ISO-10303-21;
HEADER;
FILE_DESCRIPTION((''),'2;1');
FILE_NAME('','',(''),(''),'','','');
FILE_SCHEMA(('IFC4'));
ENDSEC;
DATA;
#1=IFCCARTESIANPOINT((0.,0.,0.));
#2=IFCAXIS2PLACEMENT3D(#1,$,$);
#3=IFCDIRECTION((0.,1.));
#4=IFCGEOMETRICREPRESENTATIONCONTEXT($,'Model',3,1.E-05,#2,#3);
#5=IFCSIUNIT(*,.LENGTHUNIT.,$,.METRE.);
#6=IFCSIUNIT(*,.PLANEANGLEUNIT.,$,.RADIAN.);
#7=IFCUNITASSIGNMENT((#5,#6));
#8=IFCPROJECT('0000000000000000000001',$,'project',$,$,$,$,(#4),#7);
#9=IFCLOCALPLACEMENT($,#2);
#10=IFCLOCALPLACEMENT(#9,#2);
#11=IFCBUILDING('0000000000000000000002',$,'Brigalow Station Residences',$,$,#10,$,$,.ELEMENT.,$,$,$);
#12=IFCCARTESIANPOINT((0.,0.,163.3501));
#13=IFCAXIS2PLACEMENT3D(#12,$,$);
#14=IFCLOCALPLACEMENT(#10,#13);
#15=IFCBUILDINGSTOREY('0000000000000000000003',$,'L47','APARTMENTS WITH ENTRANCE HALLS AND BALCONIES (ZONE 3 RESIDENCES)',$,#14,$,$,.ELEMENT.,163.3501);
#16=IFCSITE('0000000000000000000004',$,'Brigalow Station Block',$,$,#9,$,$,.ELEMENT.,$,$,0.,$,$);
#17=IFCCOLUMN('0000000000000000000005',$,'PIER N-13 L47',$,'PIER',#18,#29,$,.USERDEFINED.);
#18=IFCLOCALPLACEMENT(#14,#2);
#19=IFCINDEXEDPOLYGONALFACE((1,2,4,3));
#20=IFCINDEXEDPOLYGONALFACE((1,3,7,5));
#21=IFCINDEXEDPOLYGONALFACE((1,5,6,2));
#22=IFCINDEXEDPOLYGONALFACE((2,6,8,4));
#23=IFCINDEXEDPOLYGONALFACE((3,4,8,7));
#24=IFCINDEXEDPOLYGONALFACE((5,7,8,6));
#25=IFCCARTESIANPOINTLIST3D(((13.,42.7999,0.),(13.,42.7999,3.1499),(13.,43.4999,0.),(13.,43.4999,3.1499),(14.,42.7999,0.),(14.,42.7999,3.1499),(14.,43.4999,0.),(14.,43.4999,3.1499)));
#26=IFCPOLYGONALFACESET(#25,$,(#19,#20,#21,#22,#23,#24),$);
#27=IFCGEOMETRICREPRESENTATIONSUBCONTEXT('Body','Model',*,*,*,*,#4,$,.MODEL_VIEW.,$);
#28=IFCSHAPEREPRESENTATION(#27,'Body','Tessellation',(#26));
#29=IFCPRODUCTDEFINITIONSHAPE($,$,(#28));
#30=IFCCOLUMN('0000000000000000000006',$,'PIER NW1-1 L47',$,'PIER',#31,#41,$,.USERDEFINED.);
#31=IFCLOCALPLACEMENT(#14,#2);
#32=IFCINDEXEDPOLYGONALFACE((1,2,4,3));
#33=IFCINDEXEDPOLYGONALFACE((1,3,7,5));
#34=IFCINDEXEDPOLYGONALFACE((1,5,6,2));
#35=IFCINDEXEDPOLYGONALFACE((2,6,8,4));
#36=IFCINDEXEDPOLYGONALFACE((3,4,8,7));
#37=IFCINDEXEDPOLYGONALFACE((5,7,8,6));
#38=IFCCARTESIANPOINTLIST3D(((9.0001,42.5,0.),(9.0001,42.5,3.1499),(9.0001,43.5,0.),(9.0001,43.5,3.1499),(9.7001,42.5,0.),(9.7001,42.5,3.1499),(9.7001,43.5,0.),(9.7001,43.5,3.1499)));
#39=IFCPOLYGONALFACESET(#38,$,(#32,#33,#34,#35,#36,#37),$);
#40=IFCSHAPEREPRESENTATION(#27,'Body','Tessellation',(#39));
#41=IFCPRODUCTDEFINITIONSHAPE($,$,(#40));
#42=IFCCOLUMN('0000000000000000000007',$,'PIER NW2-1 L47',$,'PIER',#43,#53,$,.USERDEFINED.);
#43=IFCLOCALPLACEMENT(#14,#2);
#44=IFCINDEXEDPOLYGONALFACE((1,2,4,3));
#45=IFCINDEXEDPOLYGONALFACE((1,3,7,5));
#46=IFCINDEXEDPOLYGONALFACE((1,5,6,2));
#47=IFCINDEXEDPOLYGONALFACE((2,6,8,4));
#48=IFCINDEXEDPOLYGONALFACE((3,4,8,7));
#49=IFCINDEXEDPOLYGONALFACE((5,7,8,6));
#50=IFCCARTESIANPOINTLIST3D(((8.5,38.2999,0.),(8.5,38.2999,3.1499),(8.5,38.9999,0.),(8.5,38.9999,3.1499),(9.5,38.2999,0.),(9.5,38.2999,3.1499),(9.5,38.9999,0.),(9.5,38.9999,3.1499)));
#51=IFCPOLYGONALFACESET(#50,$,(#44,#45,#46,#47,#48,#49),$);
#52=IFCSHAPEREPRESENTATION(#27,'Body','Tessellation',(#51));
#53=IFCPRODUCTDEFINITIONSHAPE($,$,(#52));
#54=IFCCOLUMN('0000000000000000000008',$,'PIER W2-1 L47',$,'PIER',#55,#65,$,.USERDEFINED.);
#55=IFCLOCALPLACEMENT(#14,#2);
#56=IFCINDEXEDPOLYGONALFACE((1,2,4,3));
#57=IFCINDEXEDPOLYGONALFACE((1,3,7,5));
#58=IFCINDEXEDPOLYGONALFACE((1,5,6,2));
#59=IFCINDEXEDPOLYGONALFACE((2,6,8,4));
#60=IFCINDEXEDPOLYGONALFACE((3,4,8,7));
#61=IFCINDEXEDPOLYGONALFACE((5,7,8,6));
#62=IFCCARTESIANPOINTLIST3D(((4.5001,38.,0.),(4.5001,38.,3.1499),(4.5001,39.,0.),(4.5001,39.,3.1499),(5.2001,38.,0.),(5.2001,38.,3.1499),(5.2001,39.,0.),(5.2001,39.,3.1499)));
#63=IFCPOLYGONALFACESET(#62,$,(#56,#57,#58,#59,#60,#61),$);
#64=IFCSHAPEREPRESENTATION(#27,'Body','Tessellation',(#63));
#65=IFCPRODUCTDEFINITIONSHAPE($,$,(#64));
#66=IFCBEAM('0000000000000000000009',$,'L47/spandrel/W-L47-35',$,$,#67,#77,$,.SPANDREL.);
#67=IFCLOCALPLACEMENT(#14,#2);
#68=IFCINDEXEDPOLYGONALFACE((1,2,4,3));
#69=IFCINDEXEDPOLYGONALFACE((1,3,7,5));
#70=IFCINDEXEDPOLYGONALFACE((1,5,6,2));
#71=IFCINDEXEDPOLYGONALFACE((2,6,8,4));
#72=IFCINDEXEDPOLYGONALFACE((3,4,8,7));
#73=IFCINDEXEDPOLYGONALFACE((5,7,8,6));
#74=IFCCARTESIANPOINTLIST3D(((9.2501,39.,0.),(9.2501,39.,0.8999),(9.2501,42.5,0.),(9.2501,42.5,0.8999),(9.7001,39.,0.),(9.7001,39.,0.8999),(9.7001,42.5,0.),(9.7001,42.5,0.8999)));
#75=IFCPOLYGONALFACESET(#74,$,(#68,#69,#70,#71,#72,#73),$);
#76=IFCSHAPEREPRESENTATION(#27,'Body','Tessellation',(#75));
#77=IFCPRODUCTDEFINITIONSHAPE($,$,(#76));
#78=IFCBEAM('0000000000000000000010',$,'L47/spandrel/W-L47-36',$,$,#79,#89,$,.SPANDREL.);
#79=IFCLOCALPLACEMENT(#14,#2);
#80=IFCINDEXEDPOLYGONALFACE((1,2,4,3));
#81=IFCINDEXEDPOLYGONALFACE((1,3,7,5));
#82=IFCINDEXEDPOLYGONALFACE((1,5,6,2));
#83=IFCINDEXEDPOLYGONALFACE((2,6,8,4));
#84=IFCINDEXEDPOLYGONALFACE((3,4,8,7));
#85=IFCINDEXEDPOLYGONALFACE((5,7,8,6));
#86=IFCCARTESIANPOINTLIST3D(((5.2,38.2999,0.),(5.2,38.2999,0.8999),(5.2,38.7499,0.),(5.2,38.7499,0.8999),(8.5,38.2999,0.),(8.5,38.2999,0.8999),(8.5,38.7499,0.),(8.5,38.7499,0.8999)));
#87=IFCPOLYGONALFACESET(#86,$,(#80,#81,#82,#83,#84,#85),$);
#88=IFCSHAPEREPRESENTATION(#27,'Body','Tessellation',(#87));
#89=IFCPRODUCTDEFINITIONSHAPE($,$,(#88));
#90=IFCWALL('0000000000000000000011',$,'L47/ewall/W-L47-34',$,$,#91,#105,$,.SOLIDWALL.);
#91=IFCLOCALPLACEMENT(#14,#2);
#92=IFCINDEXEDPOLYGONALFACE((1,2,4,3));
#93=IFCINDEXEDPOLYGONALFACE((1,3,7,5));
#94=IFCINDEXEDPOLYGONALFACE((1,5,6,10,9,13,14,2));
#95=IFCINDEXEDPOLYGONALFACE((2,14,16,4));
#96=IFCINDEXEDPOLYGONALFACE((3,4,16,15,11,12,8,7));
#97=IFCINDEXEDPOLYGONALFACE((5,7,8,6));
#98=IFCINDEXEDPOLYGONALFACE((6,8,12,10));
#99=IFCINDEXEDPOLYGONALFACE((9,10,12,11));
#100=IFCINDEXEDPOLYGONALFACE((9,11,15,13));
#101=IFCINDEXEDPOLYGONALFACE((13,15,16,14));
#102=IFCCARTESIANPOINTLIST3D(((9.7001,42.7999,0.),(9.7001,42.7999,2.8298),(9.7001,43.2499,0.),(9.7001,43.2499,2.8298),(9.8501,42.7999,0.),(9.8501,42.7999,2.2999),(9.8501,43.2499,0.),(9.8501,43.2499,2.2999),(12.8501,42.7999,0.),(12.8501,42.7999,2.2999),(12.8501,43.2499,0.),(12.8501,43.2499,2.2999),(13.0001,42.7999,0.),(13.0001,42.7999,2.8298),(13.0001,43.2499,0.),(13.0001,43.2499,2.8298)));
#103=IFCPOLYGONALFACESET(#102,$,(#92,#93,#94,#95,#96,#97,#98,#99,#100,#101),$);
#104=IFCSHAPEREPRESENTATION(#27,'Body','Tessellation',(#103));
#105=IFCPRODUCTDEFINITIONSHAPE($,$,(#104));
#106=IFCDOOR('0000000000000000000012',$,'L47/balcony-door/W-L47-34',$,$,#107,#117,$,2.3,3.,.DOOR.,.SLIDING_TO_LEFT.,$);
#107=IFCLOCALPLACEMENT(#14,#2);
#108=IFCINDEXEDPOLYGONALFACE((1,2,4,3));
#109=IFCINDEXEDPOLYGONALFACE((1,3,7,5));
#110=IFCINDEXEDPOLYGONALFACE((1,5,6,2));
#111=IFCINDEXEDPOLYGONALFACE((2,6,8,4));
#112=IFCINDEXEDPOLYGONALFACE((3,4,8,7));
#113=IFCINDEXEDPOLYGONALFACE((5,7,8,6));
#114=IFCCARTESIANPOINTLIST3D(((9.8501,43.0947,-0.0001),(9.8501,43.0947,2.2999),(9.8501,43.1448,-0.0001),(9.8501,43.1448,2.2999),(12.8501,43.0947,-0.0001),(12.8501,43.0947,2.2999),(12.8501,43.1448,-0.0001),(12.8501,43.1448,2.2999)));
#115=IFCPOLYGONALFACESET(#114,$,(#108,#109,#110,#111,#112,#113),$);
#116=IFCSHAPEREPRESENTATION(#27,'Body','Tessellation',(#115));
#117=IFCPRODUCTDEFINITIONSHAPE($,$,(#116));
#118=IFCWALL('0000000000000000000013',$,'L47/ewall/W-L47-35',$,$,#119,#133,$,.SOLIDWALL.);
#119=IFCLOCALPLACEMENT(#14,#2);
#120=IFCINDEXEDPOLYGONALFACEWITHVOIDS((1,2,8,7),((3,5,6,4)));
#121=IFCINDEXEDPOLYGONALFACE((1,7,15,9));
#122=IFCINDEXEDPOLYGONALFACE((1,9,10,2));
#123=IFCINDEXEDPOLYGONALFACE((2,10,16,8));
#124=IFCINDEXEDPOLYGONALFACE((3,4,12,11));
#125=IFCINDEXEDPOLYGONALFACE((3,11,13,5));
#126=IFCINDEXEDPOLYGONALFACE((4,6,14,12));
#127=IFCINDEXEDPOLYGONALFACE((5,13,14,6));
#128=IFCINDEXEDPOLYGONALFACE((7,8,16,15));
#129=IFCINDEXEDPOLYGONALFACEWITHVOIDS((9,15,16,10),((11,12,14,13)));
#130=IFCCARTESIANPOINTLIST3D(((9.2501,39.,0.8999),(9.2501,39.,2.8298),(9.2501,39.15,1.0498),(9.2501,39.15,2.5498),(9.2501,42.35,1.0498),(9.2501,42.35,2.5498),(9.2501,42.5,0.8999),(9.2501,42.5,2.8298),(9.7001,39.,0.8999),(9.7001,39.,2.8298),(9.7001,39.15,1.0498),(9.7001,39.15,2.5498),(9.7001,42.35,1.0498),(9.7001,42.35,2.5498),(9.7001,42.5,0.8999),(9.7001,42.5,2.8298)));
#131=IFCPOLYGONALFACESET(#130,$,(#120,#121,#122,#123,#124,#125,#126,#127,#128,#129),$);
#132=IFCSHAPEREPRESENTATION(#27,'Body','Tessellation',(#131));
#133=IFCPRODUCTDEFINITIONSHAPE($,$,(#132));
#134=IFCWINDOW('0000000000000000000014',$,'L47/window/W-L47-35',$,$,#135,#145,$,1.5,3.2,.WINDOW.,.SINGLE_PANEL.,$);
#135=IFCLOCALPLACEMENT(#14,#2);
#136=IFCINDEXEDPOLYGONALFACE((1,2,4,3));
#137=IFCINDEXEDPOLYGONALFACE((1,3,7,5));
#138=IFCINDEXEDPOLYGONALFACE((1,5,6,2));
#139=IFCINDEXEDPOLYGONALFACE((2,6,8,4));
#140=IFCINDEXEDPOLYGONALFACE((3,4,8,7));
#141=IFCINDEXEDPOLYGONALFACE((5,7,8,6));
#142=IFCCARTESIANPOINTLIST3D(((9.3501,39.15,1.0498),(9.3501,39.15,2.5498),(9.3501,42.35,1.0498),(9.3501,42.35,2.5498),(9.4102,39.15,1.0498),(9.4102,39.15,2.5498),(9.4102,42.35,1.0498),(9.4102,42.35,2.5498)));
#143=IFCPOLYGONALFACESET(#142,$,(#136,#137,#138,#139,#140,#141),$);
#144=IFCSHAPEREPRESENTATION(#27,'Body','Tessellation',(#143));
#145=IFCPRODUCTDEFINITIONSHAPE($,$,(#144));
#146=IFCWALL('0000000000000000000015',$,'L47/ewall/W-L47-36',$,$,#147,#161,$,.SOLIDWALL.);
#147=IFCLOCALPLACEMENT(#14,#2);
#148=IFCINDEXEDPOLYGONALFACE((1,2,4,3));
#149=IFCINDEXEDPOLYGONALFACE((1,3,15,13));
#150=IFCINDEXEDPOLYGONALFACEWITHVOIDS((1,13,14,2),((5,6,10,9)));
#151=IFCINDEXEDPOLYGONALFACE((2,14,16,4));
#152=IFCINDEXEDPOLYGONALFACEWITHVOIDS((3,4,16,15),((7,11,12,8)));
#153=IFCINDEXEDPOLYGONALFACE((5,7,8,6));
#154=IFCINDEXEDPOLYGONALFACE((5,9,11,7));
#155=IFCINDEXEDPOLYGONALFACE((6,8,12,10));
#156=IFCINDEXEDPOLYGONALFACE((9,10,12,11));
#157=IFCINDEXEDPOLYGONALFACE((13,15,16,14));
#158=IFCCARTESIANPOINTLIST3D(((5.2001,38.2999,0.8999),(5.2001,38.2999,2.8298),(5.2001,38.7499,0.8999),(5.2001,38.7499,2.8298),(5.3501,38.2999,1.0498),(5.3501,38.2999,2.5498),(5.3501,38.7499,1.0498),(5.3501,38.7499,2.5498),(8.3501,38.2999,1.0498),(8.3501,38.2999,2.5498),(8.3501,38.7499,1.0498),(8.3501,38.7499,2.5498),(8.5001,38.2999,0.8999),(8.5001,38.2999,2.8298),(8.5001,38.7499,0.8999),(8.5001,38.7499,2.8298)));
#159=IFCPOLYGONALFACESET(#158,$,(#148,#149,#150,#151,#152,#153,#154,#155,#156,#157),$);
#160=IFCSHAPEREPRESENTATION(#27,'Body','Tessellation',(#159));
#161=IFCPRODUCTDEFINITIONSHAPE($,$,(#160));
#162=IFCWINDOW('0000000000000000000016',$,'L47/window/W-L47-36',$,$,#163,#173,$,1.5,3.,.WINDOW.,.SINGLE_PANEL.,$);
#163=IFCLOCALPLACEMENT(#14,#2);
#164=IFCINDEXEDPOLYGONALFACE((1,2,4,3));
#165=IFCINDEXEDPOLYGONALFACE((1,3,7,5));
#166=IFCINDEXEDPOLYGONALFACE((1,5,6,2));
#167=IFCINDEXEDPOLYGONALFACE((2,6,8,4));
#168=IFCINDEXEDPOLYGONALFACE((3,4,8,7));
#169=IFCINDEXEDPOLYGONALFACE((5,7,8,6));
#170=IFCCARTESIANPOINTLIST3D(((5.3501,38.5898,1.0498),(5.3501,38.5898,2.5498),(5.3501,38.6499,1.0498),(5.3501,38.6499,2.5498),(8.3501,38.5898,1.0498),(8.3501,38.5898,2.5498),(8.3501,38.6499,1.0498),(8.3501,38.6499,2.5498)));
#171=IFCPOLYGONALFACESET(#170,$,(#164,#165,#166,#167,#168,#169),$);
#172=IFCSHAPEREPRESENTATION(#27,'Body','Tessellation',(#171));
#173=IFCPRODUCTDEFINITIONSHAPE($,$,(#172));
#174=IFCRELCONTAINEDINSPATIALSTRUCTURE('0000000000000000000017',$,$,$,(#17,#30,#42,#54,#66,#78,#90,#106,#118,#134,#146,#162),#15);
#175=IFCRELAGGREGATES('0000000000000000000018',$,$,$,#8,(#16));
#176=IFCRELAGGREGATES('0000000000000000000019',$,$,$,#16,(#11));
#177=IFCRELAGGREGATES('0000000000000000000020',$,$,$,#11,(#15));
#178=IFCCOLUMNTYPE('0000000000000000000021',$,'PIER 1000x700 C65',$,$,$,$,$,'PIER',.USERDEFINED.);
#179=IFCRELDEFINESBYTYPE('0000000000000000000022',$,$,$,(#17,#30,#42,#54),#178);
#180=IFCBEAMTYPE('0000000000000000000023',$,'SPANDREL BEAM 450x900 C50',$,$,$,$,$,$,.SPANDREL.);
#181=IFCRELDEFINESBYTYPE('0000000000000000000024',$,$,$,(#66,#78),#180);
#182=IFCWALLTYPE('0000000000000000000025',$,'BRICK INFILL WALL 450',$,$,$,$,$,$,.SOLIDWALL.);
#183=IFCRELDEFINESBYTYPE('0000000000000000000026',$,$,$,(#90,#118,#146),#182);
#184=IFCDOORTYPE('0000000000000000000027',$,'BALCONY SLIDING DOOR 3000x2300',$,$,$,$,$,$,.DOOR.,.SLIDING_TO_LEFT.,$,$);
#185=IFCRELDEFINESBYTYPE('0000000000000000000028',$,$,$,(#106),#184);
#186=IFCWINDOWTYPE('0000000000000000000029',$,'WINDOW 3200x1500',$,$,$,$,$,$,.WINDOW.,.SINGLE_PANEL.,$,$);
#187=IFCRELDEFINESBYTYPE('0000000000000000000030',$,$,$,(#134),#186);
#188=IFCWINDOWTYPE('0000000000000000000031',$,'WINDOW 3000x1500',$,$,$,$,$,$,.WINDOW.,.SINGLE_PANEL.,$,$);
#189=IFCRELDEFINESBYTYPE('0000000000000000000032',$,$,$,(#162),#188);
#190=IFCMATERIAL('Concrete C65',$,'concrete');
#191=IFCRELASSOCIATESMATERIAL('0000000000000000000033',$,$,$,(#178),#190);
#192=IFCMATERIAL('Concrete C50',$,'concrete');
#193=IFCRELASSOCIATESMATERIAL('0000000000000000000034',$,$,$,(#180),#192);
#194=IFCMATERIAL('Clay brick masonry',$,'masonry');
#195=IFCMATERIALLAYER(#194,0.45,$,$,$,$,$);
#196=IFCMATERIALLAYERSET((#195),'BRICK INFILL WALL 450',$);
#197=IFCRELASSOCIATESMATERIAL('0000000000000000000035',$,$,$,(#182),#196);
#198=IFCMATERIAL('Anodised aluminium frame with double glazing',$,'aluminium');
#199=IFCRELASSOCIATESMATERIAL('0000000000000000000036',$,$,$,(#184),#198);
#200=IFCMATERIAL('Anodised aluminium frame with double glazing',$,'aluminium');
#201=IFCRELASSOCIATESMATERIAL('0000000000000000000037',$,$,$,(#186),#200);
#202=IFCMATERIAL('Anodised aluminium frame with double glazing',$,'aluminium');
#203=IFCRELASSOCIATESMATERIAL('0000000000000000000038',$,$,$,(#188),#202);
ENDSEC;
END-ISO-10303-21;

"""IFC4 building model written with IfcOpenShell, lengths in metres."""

from ifc_helpers import new_model, si_unit, direction, frame, frame_2d, origin, origin_2d, place, context, subcontext, project, spatial, rectangle, extrude, material, layer, layer_set, material_profile, profile_set, type_object, element, fill, save


model = new_model("IFC4")

# Units and contexts
model_context = context("Model", 3, precision=1e-05, world=origin(), true_north=direction((0.0, 1.0)))
body_context = subcontext(model_context, "Body", "Model", "MODEL_VIEW")
ifc_project = project(units=[si_unit("LENGTHUNIT", "METRE"), si_unit("PLANEANGLEUNIT", "RADIAN")], contexts=[model_context])

# Site, building, storey
site_placement = place(None, origin())
site = spatial("IfcSite", under=ifc_project, at=site_placement, Name="Brigalow Station Block", CompositionType="ELEMENT", RefElevation=0.0)
building_placement = place(site_placement, origin())
building = spatial("IfcBuilding", under=site, at=building_placement, Name="Brigalow Station Residences", CompositionType="ELEMENT")
storey_placement = place(building_placement, frame((0.0, 0.0, 163.3501)))
storey = spatial("IfcBuildingStorey", under=building, at=storey_placement, Name="L47", Description="APARTMENTS WITH ENTRANCE HALLS AND BALCONIES (ZONE 3 RESIDENCES)", CompositionType="ELEMENT", Elevation=163.3501)

# Columns
ifc_material_1 = material(Name="Concrete C65", Category="concrete")
ifc_material_profile_1 = material_profile(ifc_material_1, rectangle(XDim=1.0, YDim=0.7, at=origin_2d()), Name="RC1000x700")
ifc_profile_set_1 = profile_set([ifc_material_profile_1], Name="Concrete C65")
column_type = type_object("IfcColumnType", Name="PIER 1000x700 C65", ElementType="PIER", PredefinedType="USERDEFINED", material=ifc_profile_set_1)
for number, where, z_axis, x_axis, name in (
    (1, (13.5, 43.1499, 0.0), (0.0, 0.0, 1.0), (-1.0, 0.0, 0.0), "PIER N-13 L47"),
    (2, (9.3501, 43.0, 0.0), (0.0, 0.0, 1.0), (0.0, -1.0, 0.0), "PIER NW1-1 L47"),
    (3, (9.0, 38.6499, 0.0), (0.0, 0.0, 1.0), (-1.0, 0.0, 0.0), "PIER NW2-1 L47"),
    (4, (4.8501, 38.5, 0.0), (0.0, 0.0, 1.0), (0.0, -1.0, 0.0), "PIER W2-1 L47"),
):
    element("IfcColumn", number, at=place(storey_placement, frame(where, z_axis=z_axis, x_axis=x_axis)), inside=storey, type_object=column_type, Name=name, ObjectType="PIER", PredefinedType="USERDEFINED", context=body_context, shape_type="SweptSolid", body=[
        extrude(rectangle(XDim=1.0, YDim=0.7, at=origin_2d()), origin(), (0.0, 0.0, 1.0), 3.1499),
    ])

# Beams
ifc_material_2 = material(Name="Concrete C50", Category="concrete")
ifc_material_profile_2 = material_profile(ifc_material_2, rectangle(XDim=0.45, YDim=0.8999, at=origin_2d()), Name="RC450x900")
ifc_profile_set_2 = profile_set([ifc_material_profile_2], Name="Concrete C50")
beam_type = type_object("IfcBeamType", Name="SPANDREL BEAM 450x900 C50", PredefinedType="SPANDREL", material=ifc_profile_set_2)
beam_1_placement = place(storey_placement, frame((9.4751, 42.5, 0.45), z_axis=(0.0, -1.0, 0.0), x_axis=(1.0, 0.0, 0.0)))
element("IfcBeam", 5, at=beam_1_placement, inside=storey, type_object=beam_type, Name="L47/spandrel/W-L47-35", PredefinedType="SPANDREL", context=body_context, shape_type="SweptSolid", body=[
    extrude(rectangle(XDim=0.45, YDim=0.8999, at=origin_2d()), origin(), (0.0, 0.0, 1.0), 3.5),
])
beam_2_placement = place(storey_placement, frame((8.5, 38.5249, 0.45), z_axis=(-1.0, 0.0, 0.0), x_axis=(0.0, -1.0, 0.0)))
element("IfcBeam", 6, at=beam_2_placement, inside=storey, type_object=beam_type, Name="L47/spandrel/W-L47-36", PredefinedType="SPANDREL", context=body_context, shape_type="SweptSolid", body=[
    extrude(rectangle(XDim=0.45, YDim=0.8999, at=origin_2d()), origin(), (0.0, 0.0, 1.0), 3.3),
])

# Wall, opening, door
ifc_material_3 = material(Name="Clay brick masonry", Category="masonry")
ifc_layer_1 = layer(ifc_material_3, 0.45)
ifc_layer_set_1 = layer_set([ifc_layer_1], Name="BRICK INFILL WALL 450")
wall_type_1 = type_object("IfcWallType", Name="BRICK INFILL WALL 450", PredefinedType="SOLIDWALL", material=ifc_layer_set_1)
wall_1_placement = place(storey_placement, frame((13.0, 43.0249, 0.0), z_axis=(0.0, 0.0, 1.0), x_axis=(-1.0, 0.0, 0.0)))
wall_1 = element("IfcWall", 7, at=wall_1_placement, inside=storey, type_object=wall_type_1, Name="L47/ewall/W-L47-34", PredefinedType="SOLIDWALL", context=body_context, shape_type="SweptSolid", body=[
    extrude(rectangle(XDim=3.3, YDim=0.45, at=frame_2d((1.6499, 0.0))), origin(), (0.0, 0.0, 1.0), 2.8298),
])
opening_1_placement = place(wall_1_placement, frame((0.1499, 0.0, 0.0)))
opening_1 = element("IfcOpeningElement", 8, at=opening_1_placement, cuts=wall_1, PredefinedType="OPENING", context=body_context, shape_type="SweptSolid", body=[
    extrude(rectangle(XDim=3.0, YDim=2.3, at=frame_2d((1.5, 1.1499))), frame((0.0, 0.2349, 0.0), z_axis=(0.0, -1.0, 0.0), x_axis=(1.0, 0.0, 0.0)), (0.0, 0.0, 1.0), 0.47),
])
ifc_material_4 = material(Name="Anodised aluminium frame with double glazing", Category="aluminium")
door_type_1 = type_object("IfcDoorType", Name="BALCONY SLIDING DOOR 3000x2300", OperationType="SLIDING_TO_LEFT", PredefinedType="DOOR", material=ifc_material_4)
door_1_placement = place(opening_1_placement, origin())
door_1 = element("IfcDoor", 9, at=door_1_placement, inside=storey, type_object=door_type_1, Name="L47/balcony-door/W-L47-34", OperationType="SLIDING_TO_LEFT", OverallHeight=2.3, OverallWidth=3.0, PredefinedType="DOOR", context=body_context, shape_type="SweptSolid", body=[
    extrude(rectangle(XDim=3.0, YDim=2.3, at=frame_2d((1.5, 1.1499))), frame((0.0, -0.0698, 0.0), z_axis=(0.0, -1.0, 0.0), x_axis=(1.0, 0.0, 0.0)), (0.0, 0.0, 1.0), 0.05),
])
fill(opening_1, door_1)

# Walls, openings, windows
wall_2_placement = place(storey_placement, frame((9.4751, 42.5, 0.8999), z_axis=(0.0, 0.0, 1.0), x_axis=(0.0, -1.0, 0.0)))
wall_2 = element("IfcWall", 10, at=wall_2_placement, inside=storey, type_object=wall_type_1, Name="L47/ewall/W-L47-35", PredefinedType="SOLIDWALL", context=body_context, shape_type="SweptSolid", body=[
    extrude(rectangle(XDim=3.5, YDim=0.45, at=frame_2d((1.75, 0.0))), origin(), (0.0, 0.0, 1.0), 1.9299),
])
opening_2_placement = place(wall_2_placement, frame((0.1499, 0.0, 0.1499)))
opening_2 = element("IfcOpeningElement", 11, at=opening_2_placement, cuts=wall_2, PredefinedType="OPENING", context=body_context, shape_type="SweptSolid", body=[
    extrude(rectangle(XDim=3.2, YDim=1.5, at=frame_2d((1.6001, 0.75))), frame((0.0, 0.2349, 0.0), z_axis=(0.0, -1.0, 0.0), x_axis=(1.0, 0.0, 0.0)), (0.0, 0.0, 1.0), 0.47),
])
ifc_material_5 = material(Name="Anodised aluminium frame with double glazing", Category="aluminium")
window_type_1 = type_object("IfcWindowType", Name="WINDOW 3200x1500", PartitioningType="SINGLE_PANEL", PredefinedType="WINDOW", material=ifc_material_5)
window_1_placement = place(opening_2_placement, origin())
window_1 = element("IfcWindow", 12, at=window_1_placement, inside=storey, type_object=window_type_1, Name="L47/window/W-L47-35", OverallHeight=1.5, OverallWidth=3.2, PartitioningType="SINGLE_PANEL", PredefinedType="WINDOW", context=body_context, shape_type="SweptSolid", body=[
    extrude(rectangle(XDim=3.2, YDim=1.5, at=frame_2d((1.6001, 0.75))), frame((0.0, -0.0649, 0.0), z_axis=(0.0, -1.0, 0.0), x_axis=(1.0, 0.0, 0.0)), (0.0, 0.0, 1.0), 0.0601),
])
fill(opening_2, window_1)
wall_3_placement = place(storey_placement, frame((8.5, 38.5249, 0.8999), z_axis=(0.0, 0.0, 1.0), x_axis=(-1.0, 0.0, 0.0)))
wall_3 = element("IfcWall", 13, at=wall_3_placement, inside=storey, type_object=wall_type_1, Name="L47/ewall/W-L47-36", PredefinedType="SOLIDWALL", context=body_context, shape_type="SweptSolid", body=[
    extrude(rectangle(XDim=3.3, YDim=0.45, at=frame_2d((1.6499, 0.0))), origin(), (0.0, 0.0, 1.0), 1.9299),
])
opening_3_placement = place(wall_3_placement, frame((0.1499, 0.0, 0.1499)))
opening_3 = element("IfcOpeningElement", 14, at=opening_3_placement, cuts=wall_3, PredefinedType="OPENING", context=body_context, shape_type="SweptSolid", body=[
    extrude(rectangle(XDim=3.0, YDim=1.5, at=frame_2d((1.5, 0.75))), frame((0.0, 0.2349, 0.0), z_axis=(0.0, -1.0, 0.0), x_axis=(1.0, 0.0, 0.0)), (0.0, 0.0, 1.0), 0.47),
])
ifc_material_6 = material(Name="Anodised aluminium frame with double glazing", Category="aluminium")
window_type_2 = type_object("IfcWindowType", Name="WINDOW 3000x1500", PartitioningType="SINGLE_PANEL", PredefinedType="WINDOW", material=ifc_material_6)
window_2_placement = place(opening_3_placement, origin())
window_2 = element("IfcWindow", 15, at=window_2_placement, inside=storey, type_object=window_type_2, Name="L47/window/W-L47-36", OverallHeight=1.5, OverallWidth=3.0, PartitioningType="SINGLE_PANEL", PredefinedType="WINDOW", context=body_context, shape_type="SweptSolid", body=[
    extrude(rectangle(XDim=3.0, YDim=1.5, at=frame_2d((1.5, 0.75))), frame((0.0, -0.0649, 0.0), z_axis=(0.0, -1.0, 0.0), x_axis=(1.0, 0.0, 0.0)), (0.0, 0.0, 1.0), 0.0601),
])
fill(opening_3, window_2)

save(model, "model.ifc")
